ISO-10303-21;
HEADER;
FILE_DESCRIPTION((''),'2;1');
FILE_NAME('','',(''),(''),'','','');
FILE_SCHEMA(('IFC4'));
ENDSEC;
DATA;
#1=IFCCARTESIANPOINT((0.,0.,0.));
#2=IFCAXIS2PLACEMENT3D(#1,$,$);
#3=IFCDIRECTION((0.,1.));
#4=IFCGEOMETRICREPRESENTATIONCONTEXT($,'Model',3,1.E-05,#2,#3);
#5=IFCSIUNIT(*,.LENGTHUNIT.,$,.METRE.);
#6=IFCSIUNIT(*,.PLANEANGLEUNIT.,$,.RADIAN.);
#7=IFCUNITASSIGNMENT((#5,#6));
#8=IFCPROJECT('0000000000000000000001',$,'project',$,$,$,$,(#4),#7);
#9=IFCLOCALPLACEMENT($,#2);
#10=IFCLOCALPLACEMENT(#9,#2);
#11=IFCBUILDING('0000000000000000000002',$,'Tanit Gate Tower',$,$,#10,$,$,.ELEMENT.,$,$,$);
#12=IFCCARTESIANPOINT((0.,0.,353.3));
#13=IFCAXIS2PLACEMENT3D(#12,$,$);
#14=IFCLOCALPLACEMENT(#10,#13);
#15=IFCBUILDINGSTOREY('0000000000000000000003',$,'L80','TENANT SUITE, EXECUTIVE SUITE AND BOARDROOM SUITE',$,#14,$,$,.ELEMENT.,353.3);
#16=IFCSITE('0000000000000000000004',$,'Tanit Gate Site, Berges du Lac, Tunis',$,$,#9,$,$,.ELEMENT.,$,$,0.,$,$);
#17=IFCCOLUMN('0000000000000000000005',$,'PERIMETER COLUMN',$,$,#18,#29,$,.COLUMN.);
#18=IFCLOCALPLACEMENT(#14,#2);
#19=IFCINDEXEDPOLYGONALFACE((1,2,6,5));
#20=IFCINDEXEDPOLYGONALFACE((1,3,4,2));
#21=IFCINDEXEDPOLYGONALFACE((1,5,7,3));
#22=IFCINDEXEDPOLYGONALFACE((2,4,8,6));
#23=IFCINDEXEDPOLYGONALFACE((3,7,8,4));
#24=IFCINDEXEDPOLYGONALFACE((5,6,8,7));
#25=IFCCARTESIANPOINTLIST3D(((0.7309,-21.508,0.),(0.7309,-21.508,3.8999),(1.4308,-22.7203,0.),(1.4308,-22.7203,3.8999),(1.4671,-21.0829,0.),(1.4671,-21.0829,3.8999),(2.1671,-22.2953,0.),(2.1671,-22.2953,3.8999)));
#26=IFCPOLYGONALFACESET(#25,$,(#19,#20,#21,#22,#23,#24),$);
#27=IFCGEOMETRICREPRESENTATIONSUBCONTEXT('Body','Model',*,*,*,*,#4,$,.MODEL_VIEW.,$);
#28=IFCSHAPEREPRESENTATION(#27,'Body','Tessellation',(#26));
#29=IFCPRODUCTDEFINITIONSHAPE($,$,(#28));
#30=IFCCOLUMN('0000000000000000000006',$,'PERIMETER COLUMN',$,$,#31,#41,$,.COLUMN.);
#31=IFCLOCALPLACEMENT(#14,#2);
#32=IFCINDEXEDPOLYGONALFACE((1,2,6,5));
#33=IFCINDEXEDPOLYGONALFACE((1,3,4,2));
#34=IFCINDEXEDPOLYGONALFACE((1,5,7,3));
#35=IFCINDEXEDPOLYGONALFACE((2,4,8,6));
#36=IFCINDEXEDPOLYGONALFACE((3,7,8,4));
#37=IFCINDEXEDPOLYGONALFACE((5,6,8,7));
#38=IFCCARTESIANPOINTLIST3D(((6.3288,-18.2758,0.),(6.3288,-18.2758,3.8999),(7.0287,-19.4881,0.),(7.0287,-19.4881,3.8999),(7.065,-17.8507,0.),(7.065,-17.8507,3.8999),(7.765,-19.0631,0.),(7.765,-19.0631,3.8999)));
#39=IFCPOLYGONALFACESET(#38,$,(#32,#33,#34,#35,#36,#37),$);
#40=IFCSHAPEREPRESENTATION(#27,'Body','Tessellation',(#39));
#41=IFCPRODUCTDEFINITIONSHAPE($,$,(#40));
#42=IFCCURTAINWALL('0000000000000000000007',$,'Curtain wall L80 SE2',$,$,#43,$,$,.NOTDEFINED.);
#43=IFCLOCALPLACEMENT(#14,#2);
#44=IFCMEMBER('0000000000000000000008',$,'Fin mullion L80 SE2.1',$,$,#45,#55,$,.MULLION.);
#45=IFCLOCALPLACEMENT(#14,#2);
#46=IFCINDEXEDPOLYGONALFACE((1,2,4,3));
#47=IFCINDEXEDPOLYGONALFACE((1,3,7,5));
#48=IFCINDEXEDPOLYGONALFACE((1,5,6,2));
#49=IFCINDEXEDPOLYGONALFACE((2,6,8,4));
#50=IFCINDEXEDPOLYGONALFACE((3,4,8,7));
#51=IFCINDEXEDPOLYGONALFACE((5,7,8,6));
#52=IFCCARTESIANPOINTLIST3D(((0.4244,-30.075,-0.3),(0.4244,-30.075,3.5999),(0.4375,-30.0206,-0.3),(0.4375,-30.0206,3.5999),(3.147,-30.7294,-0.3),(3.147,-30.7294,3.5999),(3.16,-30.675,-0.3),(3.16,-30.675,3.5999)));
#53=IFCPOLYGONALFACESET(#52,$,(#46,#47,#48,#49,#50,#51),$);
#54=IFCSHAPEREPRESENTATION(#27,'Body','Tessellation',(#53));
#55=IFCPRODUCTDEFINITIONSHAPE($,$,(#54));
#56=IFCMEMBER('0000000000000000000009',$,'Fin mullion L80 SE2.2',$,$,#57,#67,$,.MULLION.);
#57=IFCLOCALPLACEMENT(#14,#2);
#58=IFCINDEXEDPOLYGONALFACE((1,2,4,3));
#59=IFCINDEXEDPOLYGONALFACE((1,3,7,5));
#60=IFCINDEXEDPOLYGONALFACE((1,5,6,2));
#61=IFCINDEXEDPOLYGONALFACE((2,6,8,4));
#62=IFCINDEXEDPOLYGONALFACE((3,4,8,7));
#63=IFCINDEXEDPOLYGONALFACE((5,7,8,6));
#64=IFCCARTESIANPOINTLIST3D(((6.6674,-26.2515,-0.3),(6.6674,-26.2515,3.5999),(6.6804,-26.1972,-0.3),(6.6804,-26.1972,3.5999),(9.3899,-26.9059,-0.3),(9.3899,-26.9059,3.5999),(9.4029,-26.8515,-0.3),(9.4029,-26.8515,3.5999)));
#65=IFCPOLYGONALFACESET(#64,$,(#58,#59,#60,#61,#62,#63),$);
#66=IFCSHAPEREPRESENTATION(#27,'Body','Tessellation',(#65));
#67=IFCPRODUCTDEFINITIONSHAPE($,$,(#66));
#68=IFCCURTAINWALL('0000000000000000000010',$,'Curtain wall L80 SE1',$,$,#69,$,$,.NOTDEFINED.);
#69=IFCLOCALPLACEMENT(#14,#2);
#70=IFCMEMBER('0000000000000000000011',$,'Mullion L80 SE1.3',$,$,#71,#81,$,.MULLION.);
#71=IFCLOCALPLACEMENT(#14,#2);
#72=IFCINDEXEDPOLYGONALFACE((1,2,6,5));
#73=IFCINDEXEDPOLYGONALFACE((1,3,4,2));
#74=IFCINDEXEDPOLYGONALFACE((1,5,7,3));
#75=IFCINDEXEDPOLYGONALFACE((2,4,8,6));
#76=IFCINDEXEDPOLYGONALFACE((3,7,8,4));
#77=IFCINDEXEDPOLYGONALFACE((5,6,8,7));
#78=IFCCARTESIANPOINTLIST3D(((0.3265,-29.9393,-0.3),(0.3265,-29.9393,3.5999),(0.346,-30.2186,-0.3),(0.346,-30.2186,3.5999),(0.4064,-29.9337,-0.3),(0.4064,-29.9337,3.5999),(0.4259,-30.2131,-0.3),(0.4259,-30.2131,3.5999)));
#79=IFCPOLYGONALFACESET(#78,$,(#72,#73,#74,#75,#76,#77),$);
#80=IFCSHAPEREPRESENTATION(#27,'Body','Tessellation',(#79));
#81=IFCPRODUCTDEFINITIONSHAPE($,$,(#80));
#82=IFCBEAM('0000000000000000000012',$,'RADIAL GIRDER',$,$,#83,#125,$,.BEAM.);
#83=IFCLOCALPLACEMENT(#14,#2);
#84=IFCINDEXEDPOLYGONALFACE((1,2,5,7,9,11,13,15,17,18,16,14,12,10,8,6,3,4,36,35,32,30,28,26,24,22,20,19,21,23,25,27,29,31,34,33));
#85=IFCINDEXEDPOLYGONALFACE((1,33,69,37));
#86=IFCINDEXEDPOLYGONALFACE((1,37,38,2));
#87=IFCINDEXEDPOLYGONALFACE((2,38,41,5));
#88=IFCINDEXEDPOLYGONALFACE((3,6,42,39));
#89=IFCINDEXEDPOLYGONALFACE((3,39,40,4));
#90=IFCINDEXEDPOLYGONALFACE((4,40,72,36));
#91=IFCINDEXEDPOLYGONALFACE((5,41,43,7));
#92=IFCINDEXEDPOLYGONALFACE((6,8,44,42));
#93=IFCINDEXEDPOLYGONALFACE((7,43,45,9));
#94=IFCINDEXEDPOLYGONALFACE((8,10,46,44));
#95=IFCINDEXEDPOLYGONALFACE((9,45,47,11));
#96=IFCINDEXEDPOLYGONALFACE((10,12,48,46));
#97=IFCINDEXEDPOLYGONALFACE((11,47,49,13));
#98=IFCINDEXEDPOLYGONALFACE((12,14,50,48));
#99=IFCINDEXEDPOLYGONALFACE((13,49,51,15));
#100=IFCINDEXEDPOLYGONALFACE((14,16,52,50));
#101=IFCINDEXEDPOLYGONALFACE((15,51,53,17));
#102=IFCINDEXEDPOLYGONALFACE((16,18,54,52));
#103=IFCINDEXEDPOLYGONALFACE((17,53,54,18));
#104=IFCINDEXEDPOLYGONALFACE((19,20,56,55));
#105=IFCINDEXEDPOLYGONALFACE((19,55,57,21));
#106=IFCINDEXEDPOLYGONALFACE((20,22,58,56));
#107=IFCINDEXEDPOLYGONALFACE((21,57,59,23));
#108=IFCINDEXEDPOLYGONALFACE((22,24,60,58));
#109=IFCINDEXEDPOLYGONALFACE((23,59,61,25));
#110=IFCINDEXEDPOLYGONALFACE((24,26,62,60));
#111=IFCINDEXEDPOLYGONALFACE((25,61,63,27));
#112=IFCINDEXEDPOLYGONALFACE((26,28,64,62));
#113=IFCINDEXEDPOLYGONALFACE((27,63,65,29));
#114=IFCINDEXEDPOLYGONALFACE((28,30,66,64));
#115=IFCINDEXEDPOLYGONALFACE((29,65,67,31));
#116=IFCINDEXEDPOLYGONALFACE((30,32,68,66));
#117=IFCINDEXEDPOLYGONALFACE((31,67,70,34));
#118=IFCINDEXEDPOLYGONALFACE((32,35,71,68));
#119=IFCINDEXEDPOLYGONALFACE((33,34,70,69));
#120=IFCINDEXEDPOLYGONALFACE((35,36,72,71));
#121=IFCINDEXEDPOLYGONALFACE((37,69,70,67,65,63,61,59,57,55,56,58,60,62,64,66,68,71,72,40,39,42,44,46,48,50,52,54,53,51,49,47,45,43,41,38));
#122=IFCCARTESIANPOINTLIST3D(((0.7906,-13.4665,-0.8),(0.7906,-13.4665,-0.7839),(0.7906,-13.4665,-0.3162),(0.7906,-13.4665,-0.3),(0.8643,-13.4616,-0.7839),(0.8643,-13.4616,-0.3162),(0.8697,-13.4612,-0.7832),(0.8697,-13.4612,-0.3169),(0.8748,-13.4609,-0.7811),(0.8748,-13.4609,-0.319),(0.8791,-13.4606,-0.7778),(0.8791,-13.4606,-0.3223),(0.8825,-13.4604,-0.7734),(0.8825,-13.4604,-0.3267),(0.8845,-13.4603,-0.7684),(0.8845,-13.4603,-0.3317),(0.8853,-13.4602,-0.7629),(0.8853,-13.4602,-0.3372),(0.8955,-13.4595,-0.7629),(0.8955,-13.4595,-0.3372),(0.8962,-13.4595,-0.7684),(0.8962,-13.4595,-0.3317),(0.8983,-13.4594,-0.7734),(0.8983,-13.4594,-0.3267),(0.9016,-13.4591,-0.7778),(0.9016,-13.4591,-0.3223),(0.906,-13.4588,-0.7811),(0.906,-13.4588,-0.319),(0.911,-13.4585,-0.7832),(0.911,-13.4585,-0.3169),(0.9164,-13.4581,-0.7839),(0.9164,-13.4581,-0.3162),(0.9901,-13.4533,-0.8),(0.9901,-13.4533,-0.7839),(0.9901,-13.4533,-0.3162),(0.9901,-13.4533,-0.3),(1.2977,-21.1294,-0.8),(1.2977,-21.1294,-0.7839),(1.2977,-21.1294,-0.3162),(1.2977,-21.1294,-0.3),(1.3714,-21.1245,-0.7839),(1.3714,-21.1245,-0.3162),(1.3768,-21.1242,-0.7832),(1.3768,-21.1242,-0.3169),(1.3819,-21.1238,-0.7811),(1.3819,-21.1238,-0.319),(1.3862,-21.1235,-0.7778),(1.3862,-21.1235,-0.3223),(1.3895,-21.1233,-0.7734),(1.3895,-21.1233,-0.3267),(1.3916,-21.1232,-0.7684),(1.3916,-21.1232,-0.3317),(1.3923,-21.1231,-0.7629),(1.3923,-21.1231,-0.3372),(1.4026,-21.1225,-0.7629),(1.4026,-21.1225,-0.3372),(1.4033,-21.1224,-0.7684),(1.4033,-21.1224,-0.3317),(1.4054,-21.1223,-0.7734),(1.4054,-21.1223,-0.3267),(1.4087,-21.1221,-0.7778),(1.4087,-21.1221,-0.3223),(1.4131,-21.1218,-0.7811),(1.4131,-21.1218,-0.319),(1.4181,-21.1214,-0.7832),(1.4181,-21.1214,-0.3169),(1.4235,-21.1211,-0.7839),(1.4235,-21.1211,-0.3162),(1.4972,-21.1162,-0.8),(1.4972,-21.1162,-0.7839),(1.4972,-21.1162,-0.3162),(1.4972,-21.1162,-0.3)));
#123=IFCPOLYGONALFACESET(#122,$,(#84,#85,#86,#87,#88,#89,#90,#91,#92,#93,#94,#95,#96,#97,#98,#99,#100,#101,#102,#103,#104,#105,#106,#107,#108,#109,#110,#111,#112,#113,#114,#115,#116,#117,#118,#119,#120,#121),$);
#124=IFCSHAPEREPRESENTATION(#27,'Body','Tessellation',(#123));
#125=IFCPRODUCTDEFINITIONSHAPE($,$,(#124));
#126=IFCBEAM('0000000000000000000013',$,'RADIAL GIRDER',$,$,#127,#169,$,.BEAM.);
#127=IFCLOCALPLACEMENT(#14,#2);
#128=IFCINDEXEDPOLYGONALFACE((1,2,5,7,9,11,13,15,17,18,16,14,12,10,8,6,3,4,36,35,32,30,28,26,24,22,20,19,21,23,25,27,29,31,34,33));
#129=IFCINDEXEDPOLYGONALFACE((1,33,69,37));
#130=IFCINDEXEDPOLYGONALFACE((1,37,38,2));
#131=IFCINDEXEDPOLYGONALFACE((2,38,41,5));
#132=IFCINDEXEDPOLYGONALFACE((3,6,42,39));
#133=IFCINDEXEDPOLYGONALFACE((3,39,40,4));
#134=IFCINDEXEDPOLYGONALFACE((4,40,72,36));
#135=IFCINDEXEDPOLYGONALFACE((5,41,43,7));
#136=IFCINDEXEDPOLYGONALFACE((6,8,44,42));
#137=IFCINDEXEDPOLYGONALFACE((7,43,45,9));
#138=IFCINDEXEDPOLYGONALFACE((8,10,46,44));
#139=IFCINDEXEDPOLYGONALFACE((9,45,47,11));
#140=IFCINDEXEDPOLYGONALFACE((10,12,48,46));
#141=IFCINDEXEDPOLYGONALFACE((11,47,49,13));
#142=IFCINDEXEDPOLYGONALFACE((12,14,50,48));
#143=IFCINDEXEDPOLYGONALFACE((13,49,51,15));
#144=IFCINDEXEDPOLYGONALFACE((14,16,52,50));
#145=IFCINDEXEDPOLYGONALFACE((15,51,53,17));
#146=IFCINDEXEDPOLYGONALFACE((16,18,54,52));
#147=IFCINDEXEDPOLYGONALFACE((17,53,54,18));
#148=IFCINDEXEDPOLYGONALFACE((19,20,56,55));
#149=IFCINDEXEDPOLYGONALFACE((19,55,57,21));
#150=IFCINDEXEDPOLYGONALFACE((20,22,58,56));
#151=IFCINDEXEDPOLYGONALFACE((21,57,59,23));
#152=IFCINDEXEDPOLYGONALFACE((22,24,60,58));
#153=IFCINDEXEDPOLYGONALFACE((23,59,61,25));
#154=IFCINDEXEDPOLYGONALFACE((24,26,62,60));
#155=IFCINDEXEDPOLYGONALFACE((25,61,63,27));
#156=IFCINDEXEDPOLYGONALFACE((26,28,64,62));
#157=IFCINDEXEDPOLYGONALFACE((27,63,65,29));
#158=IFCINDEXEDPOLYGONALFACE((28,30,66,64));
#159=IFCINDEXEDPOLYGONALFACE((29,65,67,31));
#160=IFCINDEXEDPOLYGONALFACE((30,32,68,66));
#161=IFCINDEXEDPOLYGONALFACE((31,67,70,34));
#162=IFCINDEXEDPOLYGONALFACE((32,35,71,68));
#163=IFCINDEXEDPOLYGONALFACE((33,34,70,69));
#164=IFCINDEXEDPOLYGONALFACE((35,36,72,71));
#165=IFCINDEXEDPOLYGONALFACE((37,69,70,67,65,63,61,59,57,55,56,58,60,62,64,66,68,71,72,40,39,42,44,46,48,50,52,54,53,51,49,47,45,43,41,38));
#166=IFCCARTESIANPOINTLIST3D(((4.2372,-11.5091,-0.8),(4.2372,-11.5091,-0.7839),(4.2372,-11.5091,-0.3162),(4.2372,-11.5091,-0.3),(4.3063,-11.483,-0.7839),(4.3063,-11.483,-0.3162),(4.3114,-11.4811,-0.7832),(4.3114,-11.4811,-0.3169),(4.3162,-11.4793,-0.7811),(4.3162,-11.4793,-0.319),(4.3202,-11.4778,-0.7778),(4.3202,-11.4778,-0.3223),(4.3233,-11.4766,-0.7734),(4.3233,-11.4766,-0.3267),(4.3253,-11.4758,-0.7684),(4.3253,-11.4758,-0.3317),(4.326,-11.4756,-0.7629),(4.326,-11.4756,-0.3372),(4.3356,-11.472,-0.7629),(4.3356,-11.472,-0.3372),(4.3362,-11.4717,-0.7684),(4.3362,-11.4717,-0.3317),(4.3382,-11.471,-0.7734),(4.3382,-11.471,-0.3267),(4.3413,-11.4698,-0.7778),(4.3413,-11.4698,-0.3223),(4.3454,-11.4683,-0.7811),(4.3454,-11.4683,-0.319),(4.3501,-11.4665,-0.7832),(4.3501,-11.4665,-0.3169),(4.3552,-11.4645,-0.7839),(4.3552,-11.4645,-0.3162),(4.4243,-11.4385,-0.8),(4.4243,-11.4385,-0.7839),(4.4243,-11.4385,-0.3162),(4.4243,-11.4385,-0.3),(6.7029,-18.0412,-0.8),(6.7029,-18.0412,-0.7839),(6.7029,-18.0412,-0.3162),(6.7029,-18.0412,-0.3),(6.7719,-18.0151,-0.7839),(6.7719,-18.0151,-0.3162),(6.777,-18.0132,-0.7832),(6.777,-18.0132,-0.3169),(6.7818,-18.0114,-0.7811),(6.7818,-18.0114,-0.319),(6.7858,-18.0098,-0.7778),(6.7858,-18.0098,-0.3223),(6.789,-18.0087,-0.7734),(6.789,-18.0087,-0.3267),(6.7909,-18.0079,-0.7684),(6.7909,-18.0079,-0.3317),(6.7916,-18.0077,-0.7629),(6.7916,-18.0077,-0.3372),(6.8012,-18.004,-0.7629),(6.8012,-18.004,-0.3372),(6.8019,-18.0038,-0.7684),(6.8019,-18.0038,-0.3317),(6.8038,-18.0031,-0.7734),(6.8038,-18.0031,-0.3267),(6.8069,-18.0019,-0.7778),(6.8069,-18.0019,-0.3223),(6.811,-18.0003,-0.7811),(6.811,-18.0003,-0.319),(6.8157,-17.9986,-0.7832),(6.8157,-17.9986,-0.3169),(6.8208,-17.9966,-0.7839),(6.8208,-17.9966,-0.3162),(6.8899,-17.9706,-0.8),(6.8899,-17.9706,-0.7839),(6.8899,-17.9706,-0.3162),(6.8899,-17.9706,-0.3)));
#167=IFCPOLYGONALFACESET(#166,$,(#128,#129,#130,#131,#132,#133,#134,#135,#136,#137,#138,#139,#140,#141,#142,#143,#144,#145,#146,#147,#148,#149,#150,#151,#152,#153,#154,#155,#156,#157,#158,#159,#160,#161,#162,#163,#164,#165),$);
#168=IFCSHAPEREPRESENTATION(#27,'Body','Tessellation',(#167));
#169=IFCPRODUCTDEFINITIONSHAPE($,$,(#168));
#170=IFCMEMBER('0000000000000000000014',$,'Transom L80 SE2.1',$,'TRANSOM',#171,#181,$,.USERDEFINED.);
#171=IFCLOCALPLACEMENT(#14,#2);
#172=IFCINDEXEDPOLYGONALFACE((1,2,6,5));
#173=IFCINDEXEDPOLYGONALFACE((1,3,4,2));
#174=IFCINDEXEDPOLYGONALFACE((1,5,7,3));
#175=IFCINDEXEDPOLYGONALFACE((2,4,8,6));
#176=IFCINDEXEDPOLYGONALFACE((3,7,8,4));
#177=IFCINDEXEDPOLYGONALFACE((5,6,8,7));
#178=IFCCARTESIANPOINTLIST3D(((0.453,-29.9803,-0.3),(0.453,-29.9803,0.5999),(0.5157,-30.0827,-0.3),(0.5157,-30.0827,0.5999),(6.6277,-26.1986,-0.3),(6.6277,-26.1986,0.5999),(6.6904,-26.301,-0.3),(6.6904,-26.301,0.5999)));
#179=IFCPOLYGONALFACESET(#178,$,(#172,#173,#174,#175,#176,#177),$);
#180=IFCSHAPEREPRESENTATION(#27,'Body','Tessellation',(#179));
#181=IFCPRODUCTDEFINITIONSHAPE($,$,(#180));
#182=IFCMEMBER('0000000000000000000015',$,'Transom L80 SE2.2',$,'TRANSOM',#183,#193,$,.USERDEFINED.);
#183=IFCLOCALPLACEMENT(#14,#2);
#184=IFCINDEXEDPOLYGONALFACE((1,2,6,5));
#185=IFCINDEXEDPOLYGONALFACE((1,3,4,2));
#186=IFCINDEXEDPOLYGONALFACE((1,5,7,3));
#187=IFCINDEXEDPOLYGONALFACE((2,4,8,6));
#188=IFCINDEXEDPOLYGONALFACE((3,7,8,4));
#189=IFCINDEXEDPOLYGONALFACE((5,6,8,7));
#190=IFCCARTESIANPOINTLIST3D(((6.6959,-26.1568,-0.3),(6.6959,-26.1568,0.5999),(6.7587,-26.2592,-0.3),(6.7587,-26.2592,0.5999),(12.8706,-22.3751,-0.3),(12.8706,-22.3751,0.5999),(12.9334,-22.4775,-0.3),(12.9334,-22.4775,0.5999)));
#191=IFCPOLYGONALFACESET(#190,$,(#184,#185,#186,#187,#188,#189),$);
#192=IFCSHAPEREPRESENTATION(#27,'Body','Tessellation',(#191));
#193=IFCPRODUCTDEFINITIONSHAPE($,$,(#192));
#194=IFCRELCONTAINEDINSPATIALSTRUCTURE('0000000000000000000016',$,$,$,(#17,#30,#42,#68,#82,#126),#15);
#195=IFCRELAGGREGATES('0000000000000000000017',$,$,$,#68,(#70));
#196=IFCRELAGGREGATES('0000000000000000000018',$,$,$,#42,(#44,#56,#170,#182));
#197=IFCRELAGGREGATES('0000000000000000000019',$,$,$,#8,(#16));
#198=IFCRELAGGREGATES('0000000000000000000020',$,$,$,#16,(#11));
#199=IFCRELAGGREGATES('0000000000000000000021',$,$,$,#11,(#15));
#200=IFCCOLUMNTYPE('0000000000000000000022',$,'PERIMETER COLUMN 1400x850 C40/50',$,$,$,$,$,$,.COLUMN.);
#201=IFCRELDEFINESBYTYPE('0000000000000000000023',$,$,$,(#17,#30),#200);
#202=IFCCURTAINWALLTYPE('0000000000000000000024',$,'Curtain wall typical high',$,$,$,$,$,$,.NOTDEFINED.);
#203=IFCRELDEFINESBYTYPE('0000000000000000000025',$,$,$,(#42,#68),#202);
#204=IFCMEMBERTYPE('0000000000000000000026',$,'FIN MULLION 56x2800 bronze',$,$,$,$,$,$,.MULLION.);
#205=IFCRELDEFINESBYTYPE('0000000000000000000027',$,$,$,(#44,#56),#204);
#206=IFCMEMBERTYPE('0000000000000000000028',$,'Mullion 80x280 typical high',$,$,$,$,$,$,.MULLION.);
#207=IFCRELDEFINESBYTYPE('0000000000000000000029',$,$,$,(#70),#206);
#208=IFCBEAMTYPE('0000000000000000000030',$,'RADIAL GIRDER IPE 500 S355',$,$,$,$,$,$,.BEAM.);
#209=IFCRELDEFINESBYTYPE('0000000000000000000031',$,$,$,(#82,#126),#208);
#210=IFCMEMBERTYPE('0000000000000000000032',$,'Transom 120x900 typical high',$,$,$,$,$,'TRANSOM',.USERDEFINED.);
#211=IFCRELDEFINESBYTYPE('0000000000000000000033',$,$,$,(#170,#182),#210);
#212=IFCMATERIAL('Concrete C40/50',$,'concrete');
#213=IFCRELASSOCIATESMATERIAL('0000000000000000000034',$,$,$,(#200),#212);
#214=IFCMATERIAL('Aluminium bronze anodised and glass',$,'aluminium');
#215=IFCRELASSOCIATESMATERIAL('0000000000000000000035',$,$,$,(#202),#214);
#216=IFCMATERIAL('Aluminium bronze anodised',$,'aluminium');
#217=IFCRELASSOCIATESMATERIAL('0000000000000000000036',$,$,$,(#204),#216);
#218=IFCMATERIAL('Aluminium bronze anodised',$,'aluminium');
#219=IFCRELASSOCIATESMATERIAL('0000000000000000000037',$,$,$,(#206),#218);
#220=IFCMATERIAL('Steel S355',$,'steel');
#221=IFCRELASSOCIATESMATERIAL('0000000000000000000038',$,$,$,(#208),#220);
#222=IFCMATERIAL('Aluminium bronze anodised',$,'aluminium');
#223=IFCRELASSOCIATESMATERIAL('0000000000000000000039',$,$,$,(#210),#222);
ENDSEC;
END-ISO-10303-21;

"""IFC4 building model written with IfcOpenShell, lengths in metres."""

from ifc_helpers import new_model, si_unit, direction, frame, origin, origin_2d, place, context, subcontext, project, spatial, rectangle, i_section, extrude, material, material_profile, profile_set, type_object, element, aggregate, save


model = new_model("IFC4")

# Units and contexts
model_context = context("Model", 3, precision=1e-05, world=origin(), true_north=direction((0.0, 1.0)))
body_context = subcontext(model_context, "Body", "Model", "MODEL_VIEW")
ifc_project = project(units=[si_unit("LENGTHUNIT", "METRE"), si_unit("PLANEANGLEUNIT", "RADIAN")], contexts=[model_context])

# Site, building, storey
site_placement = place(None, origin())
site = spatial("IfcSite", under=ifc_project, at=site_placement, Name="Tanit Gate Site, Berges du Lac, Tunis", CompositionType="ELEMENT", RefElevation=0.0)
building_placement = place(site_placement, origin())
building = spatial("IfcBuilding", under=site, at=building_placement, Name="Tanit Gate Tower", CompositionType="ELEMENT")
storey_placement = place(building_placement, frame((0.0, 0.0, 353.3)))
storey = spatial("IfcBuildingStorey", under=building, at=storey_placement, Name="L80", Description="TENANT SUITE, EXECUTIVE SUITE AND BOARDROOM SUITE", CompositionType="ELEMENT", Elevation=353.3)

# Columns
ifc_material_1 = material(Name="Concrete C40/50", Category="concrete")
ifc_material_profile_1 = material_profile(ifc_material_1, rectangle(XDim=1.3999, YDim=0.8501, at=origin_2d()), Name="RC 1400x850")
ifc_profile_set_1 = profile_set([ifc_material_profile_1], Name="Concrete C40/50")
column_type = type_object("IfcColumnType", Name="PERIMETER COLUMN 1400x850 C40/50", PredefinedType="COLUMN", material=ifc_profile_set_1)
for number, where, z_axis, x_axis, name in (
    (1, (1.449, -21.9016, 0.0), (0.0, 0.0, 1.0), (0.5, -0.866025, 0.0), "PERIMETER COLUMN"),
    (2, (7.0469, -18.6694, 0.0), (0.0, 0.0, 1.0), (0.5, -0.866025, 0.0), "PERIMETER COLUMN"),
):
    element("IfcColumn", number, at=place(storey_placement, frame(where, z_axis=z_axis, x_axis=x_axis)), inside=storey, type_object=column_type, Name=name, PredefinedType="COLUMN", context=body_context, shape_type="SweptSolid", body=[
        extrude(rectangle(XDim=1.3999, YDim=0.8501, at=origin_2d()), origin(), (0.0, 0.0, 1.0), 3.8999),
    ])

# Curtain wall, members
ifc_material_2 = material(Name="Aluminium bronze anodised and glass", Category="aluminium")
curtain_wall_type = type_object("IfcCurtainWallType", Name="Curtain wall typical high", PredefinedType="NOTDEFINED", material=ifc_material_2)
curtain_wall_1_placement = place(storey_placement, origin())
curtain_wall_1 = element("IfcCurtainWall", 3, at=curtain_wall_1_placement, inside=storey, type_object=curtain_wall_type, Name="Curtain wall L80 SE2", PredefinedType="NOTDEFINED")
ifc_material_3 = material(Name="Aluminium bronze anodised", Category="aluminium")
ifc_material_profile_2 = material_profile(ifc_material_3, rectangle(XDim=2.8, YDim=0.0559, at=origin_2d()), Name="56x2800 bronze fin mullion")
ifc_profile_set_2 = profile_set([ifc_material_profile_2], Name="Aluminium bronze anodised")
member_type_1 = type_object("IfcMemberType", Name="FIN MULLION 56x2800 bronze", PredefinedType="MULLION", material=ifc_profile_set_2)
member_1_placement = place(storey_placement, frame((1.7922, -30.375, -0.3), z_axis=(0.0, 0.0, 1.0), x_axis=(-0.972311, 0.233691, 0.0)))
member_1 = element("IfcMember", 4, at=member_1_placement, type_object=member_type_1, Name="Fin mullion L80 SE2.1", PredefinedType="MULLION", context=body_context, shape_type="SweptSolid", body=[
    extrude(rectangle(XDim=2.8, YDim=0.0559, at=origin_2d()), origin(), (0.0, 0.0, 1.0), 3.8999),
])
member_2_placement = place(storey_placement, frame((8.0352, -26.5515, -0.3), z_axis=(0.0, 0.0, 1.0), x_axis=(-0.972311, 0.233691, 0.0)))
member_2 = element("IfcMember", 5, at=member_2_placement, type_object=member_type_1, Name="Fin mullion L80 SE2.2", PredefinedType="MULLION", context=body_context, shape_type="SweptSolid", body=[
    extrude(rectangle(XDim=2.8, YDim=0.0559, at=origin_2d()), origin(), (0.0, 0.0, 1.0), 3.8999),
])

# Curtain wall, member
curtain_wall_2_placement = place(storey_placement, origin())
curtain_wall_2 = element("IfcCurtainWall", 6, at=curtain_wall_2_placement, inside=storey, type_object=curtain_wall_type, Name="Curtain wall L80 SE1", PredefinedType="NOTDEFINED")
ifc_material_4 = material(Name="Aluminium bronze anodised", Category="aluminium")
ifc_material_profile_3 = material_profile(ifc_material_4, rectangle(XDim=0.28, YDim=0.0801, at=origin_2d()), Name="80x280 bronze mullion")
ifc_profile_set_3 = profile_set([ifc_material_profile_3], Name="Aluminium bronze anodised")
member_type_2 = type_object("IfcMemberType", Name="Mullion 80x280 typical high", PredefinedType="MULLION", material=ifc_profile_set_3)
member_3_placement = place(storey_placement, frame((0.3762, -30.0762, -0.3), z_axis=(0.0, 0.0, 1.0), x_axis=(-0.069702, 0.997568, 0.0)))
member_3 = element("IfcMember", 7, at=member_3_placement, type_object=member_type_2, Name="Mullion L80 SE1.3", PredefinedType="MULLION", context=body_context, shape_type="SweptSolid", body=[
    extrude(rectangle(XDim=0.28, YDim=0.0801, at=origin_2d()), origin(), (0.0, 0.0, 1.0), 3.8999),
])

# Beams
ifc_material_5 = material(Name="Steel S355", Category="steel")
ifc_material_profile_4 = material_profile(ifc_material_5, i_section(OverallWidth=0.2, OverallDepth=0.5, WebThickness=0.0103, FlangeThickness=0.0161, FilletRadius=0.021, at=origin_2d()), Name="IPE 500")
ifc_profile_set_4 = profile_set([ifc_material_profile_4], Name="Steel S355")
beam_type = type_object("IfcBeamType", Name="RADIAL GIRDER IPE 500 S355", PredefinedType="BEAM", material=ifc_profile_set_4)
beam_1_placement = place(storey_placement, frame((1.3975, -21.1228, -0.55), z_axis=(-0.066029, 0.997818, 0.0), x_axis=(-0.997818, -0.066029, 0.0)))
element("IfcBeam", 8, at=beam_1_placement, inside=storey, type_object=beam_type, Name="RADIAL GIRDER", PredefinedType="BEAM", context=body_context, shape_type="SweptSolid", body=[
    extrude(i_section(OverallWidth=0.2, OverallDepth=0.5, WebThickness=0.0103, FlangeThickness=0.0161, FilletRadius=0.021, at=origin_2d()), origin(), (0.0, 0.0, 1.0), 7.6797),
])
beam_2_placement = place(storey_placement, frame((6.7964, -18.0059, -0.55), z_axis=(-0.353142, 0.93557, 0.0), x_axis=(-0.93557, -0.353142, 0.0)))
element("IfcBeam", 9, at=beam_2_placement, inside=storey, type_object=beam_type, Name="RADIAL GIRDER", PredefinedType="BEAM", context=body_context, shape_type="SweptSolid", body=[
    extrude(i_section(OverallWidth=0.2, OverallDepth=0.5, WebThickness=0.0103, FlangeThickness=0.0161, FilletRadius=0.021, at=origin_2d()), origin(), (0.0, 0.0, 1.0), 6.9819),
])

# Members
ifc_material_6 = material(Name="Aluminium bronze anodised", Category="aluminium")
ifc_material_profile_5 = material_profile(ifc_material_6, rectangle(XDim=0.1201, YDim=0.8999, at=origin_2d()), Name="120x900 bronze transom")
ifc_profile_set_5 = profile_set([ifc_material_profile_5], Name="Aluminium bronze anodised")
member_type_3 = type_object("IfcMemberType", Name="Transom 120x900 typical high", ElementType="TRANSOM", PredefinedType="USERDEFINED", material=ifc_profile_set_5)
member_4_placement = place(storey_placement, frame((0.4844, -30.0315, 0.1499), z_axis=(0.852775, 0.522279, 0.0), x_axis=(-0.522279, 0.852775, 0.0)))
member_4 = element("IfcMember", 10, at=member_4_placement, type_object=member_type_3, Name="Transom L80 SE2.1", ObjectType="TRANSOM", PredefinedType="USERDEFINED", context=body_context, shape_type="SweptSolid", body=[
    extrude(rectangle(XDim=0.1201, YDim=0.8999, at=origin_2d()), origin(), (0.0, 0.0, 1.0), 7.2407),
])
member_5_placement = place(storey_placement, frame((6.7273, -26.208, 0.1499), z_axis=(0.852775, 0.522279, 0.0), x_axis=(-0.522279, 0.852775, 0.0)))
member_5 = element("IfcMember", 11, at=member_5_placement, type_object=member_type_3, Name="Transom L80 SE2.2", ObjectType="TRANSOM", PredefinedType="USERDEFINED", context=body_context, shape_type="SweptSolid", body=[
    extrude(rectangle(XDim=0.1201, YDim=0.8999, at=origin_2d()), origin(), (0.0, 0.0, 1.0), 7.2407),
])

aggregate(curtain_wall_2, [member_3])
aggregate(curtain_wall_1, [member_1, member_2, member_4, member_5])

save(model, "model.ifc")
